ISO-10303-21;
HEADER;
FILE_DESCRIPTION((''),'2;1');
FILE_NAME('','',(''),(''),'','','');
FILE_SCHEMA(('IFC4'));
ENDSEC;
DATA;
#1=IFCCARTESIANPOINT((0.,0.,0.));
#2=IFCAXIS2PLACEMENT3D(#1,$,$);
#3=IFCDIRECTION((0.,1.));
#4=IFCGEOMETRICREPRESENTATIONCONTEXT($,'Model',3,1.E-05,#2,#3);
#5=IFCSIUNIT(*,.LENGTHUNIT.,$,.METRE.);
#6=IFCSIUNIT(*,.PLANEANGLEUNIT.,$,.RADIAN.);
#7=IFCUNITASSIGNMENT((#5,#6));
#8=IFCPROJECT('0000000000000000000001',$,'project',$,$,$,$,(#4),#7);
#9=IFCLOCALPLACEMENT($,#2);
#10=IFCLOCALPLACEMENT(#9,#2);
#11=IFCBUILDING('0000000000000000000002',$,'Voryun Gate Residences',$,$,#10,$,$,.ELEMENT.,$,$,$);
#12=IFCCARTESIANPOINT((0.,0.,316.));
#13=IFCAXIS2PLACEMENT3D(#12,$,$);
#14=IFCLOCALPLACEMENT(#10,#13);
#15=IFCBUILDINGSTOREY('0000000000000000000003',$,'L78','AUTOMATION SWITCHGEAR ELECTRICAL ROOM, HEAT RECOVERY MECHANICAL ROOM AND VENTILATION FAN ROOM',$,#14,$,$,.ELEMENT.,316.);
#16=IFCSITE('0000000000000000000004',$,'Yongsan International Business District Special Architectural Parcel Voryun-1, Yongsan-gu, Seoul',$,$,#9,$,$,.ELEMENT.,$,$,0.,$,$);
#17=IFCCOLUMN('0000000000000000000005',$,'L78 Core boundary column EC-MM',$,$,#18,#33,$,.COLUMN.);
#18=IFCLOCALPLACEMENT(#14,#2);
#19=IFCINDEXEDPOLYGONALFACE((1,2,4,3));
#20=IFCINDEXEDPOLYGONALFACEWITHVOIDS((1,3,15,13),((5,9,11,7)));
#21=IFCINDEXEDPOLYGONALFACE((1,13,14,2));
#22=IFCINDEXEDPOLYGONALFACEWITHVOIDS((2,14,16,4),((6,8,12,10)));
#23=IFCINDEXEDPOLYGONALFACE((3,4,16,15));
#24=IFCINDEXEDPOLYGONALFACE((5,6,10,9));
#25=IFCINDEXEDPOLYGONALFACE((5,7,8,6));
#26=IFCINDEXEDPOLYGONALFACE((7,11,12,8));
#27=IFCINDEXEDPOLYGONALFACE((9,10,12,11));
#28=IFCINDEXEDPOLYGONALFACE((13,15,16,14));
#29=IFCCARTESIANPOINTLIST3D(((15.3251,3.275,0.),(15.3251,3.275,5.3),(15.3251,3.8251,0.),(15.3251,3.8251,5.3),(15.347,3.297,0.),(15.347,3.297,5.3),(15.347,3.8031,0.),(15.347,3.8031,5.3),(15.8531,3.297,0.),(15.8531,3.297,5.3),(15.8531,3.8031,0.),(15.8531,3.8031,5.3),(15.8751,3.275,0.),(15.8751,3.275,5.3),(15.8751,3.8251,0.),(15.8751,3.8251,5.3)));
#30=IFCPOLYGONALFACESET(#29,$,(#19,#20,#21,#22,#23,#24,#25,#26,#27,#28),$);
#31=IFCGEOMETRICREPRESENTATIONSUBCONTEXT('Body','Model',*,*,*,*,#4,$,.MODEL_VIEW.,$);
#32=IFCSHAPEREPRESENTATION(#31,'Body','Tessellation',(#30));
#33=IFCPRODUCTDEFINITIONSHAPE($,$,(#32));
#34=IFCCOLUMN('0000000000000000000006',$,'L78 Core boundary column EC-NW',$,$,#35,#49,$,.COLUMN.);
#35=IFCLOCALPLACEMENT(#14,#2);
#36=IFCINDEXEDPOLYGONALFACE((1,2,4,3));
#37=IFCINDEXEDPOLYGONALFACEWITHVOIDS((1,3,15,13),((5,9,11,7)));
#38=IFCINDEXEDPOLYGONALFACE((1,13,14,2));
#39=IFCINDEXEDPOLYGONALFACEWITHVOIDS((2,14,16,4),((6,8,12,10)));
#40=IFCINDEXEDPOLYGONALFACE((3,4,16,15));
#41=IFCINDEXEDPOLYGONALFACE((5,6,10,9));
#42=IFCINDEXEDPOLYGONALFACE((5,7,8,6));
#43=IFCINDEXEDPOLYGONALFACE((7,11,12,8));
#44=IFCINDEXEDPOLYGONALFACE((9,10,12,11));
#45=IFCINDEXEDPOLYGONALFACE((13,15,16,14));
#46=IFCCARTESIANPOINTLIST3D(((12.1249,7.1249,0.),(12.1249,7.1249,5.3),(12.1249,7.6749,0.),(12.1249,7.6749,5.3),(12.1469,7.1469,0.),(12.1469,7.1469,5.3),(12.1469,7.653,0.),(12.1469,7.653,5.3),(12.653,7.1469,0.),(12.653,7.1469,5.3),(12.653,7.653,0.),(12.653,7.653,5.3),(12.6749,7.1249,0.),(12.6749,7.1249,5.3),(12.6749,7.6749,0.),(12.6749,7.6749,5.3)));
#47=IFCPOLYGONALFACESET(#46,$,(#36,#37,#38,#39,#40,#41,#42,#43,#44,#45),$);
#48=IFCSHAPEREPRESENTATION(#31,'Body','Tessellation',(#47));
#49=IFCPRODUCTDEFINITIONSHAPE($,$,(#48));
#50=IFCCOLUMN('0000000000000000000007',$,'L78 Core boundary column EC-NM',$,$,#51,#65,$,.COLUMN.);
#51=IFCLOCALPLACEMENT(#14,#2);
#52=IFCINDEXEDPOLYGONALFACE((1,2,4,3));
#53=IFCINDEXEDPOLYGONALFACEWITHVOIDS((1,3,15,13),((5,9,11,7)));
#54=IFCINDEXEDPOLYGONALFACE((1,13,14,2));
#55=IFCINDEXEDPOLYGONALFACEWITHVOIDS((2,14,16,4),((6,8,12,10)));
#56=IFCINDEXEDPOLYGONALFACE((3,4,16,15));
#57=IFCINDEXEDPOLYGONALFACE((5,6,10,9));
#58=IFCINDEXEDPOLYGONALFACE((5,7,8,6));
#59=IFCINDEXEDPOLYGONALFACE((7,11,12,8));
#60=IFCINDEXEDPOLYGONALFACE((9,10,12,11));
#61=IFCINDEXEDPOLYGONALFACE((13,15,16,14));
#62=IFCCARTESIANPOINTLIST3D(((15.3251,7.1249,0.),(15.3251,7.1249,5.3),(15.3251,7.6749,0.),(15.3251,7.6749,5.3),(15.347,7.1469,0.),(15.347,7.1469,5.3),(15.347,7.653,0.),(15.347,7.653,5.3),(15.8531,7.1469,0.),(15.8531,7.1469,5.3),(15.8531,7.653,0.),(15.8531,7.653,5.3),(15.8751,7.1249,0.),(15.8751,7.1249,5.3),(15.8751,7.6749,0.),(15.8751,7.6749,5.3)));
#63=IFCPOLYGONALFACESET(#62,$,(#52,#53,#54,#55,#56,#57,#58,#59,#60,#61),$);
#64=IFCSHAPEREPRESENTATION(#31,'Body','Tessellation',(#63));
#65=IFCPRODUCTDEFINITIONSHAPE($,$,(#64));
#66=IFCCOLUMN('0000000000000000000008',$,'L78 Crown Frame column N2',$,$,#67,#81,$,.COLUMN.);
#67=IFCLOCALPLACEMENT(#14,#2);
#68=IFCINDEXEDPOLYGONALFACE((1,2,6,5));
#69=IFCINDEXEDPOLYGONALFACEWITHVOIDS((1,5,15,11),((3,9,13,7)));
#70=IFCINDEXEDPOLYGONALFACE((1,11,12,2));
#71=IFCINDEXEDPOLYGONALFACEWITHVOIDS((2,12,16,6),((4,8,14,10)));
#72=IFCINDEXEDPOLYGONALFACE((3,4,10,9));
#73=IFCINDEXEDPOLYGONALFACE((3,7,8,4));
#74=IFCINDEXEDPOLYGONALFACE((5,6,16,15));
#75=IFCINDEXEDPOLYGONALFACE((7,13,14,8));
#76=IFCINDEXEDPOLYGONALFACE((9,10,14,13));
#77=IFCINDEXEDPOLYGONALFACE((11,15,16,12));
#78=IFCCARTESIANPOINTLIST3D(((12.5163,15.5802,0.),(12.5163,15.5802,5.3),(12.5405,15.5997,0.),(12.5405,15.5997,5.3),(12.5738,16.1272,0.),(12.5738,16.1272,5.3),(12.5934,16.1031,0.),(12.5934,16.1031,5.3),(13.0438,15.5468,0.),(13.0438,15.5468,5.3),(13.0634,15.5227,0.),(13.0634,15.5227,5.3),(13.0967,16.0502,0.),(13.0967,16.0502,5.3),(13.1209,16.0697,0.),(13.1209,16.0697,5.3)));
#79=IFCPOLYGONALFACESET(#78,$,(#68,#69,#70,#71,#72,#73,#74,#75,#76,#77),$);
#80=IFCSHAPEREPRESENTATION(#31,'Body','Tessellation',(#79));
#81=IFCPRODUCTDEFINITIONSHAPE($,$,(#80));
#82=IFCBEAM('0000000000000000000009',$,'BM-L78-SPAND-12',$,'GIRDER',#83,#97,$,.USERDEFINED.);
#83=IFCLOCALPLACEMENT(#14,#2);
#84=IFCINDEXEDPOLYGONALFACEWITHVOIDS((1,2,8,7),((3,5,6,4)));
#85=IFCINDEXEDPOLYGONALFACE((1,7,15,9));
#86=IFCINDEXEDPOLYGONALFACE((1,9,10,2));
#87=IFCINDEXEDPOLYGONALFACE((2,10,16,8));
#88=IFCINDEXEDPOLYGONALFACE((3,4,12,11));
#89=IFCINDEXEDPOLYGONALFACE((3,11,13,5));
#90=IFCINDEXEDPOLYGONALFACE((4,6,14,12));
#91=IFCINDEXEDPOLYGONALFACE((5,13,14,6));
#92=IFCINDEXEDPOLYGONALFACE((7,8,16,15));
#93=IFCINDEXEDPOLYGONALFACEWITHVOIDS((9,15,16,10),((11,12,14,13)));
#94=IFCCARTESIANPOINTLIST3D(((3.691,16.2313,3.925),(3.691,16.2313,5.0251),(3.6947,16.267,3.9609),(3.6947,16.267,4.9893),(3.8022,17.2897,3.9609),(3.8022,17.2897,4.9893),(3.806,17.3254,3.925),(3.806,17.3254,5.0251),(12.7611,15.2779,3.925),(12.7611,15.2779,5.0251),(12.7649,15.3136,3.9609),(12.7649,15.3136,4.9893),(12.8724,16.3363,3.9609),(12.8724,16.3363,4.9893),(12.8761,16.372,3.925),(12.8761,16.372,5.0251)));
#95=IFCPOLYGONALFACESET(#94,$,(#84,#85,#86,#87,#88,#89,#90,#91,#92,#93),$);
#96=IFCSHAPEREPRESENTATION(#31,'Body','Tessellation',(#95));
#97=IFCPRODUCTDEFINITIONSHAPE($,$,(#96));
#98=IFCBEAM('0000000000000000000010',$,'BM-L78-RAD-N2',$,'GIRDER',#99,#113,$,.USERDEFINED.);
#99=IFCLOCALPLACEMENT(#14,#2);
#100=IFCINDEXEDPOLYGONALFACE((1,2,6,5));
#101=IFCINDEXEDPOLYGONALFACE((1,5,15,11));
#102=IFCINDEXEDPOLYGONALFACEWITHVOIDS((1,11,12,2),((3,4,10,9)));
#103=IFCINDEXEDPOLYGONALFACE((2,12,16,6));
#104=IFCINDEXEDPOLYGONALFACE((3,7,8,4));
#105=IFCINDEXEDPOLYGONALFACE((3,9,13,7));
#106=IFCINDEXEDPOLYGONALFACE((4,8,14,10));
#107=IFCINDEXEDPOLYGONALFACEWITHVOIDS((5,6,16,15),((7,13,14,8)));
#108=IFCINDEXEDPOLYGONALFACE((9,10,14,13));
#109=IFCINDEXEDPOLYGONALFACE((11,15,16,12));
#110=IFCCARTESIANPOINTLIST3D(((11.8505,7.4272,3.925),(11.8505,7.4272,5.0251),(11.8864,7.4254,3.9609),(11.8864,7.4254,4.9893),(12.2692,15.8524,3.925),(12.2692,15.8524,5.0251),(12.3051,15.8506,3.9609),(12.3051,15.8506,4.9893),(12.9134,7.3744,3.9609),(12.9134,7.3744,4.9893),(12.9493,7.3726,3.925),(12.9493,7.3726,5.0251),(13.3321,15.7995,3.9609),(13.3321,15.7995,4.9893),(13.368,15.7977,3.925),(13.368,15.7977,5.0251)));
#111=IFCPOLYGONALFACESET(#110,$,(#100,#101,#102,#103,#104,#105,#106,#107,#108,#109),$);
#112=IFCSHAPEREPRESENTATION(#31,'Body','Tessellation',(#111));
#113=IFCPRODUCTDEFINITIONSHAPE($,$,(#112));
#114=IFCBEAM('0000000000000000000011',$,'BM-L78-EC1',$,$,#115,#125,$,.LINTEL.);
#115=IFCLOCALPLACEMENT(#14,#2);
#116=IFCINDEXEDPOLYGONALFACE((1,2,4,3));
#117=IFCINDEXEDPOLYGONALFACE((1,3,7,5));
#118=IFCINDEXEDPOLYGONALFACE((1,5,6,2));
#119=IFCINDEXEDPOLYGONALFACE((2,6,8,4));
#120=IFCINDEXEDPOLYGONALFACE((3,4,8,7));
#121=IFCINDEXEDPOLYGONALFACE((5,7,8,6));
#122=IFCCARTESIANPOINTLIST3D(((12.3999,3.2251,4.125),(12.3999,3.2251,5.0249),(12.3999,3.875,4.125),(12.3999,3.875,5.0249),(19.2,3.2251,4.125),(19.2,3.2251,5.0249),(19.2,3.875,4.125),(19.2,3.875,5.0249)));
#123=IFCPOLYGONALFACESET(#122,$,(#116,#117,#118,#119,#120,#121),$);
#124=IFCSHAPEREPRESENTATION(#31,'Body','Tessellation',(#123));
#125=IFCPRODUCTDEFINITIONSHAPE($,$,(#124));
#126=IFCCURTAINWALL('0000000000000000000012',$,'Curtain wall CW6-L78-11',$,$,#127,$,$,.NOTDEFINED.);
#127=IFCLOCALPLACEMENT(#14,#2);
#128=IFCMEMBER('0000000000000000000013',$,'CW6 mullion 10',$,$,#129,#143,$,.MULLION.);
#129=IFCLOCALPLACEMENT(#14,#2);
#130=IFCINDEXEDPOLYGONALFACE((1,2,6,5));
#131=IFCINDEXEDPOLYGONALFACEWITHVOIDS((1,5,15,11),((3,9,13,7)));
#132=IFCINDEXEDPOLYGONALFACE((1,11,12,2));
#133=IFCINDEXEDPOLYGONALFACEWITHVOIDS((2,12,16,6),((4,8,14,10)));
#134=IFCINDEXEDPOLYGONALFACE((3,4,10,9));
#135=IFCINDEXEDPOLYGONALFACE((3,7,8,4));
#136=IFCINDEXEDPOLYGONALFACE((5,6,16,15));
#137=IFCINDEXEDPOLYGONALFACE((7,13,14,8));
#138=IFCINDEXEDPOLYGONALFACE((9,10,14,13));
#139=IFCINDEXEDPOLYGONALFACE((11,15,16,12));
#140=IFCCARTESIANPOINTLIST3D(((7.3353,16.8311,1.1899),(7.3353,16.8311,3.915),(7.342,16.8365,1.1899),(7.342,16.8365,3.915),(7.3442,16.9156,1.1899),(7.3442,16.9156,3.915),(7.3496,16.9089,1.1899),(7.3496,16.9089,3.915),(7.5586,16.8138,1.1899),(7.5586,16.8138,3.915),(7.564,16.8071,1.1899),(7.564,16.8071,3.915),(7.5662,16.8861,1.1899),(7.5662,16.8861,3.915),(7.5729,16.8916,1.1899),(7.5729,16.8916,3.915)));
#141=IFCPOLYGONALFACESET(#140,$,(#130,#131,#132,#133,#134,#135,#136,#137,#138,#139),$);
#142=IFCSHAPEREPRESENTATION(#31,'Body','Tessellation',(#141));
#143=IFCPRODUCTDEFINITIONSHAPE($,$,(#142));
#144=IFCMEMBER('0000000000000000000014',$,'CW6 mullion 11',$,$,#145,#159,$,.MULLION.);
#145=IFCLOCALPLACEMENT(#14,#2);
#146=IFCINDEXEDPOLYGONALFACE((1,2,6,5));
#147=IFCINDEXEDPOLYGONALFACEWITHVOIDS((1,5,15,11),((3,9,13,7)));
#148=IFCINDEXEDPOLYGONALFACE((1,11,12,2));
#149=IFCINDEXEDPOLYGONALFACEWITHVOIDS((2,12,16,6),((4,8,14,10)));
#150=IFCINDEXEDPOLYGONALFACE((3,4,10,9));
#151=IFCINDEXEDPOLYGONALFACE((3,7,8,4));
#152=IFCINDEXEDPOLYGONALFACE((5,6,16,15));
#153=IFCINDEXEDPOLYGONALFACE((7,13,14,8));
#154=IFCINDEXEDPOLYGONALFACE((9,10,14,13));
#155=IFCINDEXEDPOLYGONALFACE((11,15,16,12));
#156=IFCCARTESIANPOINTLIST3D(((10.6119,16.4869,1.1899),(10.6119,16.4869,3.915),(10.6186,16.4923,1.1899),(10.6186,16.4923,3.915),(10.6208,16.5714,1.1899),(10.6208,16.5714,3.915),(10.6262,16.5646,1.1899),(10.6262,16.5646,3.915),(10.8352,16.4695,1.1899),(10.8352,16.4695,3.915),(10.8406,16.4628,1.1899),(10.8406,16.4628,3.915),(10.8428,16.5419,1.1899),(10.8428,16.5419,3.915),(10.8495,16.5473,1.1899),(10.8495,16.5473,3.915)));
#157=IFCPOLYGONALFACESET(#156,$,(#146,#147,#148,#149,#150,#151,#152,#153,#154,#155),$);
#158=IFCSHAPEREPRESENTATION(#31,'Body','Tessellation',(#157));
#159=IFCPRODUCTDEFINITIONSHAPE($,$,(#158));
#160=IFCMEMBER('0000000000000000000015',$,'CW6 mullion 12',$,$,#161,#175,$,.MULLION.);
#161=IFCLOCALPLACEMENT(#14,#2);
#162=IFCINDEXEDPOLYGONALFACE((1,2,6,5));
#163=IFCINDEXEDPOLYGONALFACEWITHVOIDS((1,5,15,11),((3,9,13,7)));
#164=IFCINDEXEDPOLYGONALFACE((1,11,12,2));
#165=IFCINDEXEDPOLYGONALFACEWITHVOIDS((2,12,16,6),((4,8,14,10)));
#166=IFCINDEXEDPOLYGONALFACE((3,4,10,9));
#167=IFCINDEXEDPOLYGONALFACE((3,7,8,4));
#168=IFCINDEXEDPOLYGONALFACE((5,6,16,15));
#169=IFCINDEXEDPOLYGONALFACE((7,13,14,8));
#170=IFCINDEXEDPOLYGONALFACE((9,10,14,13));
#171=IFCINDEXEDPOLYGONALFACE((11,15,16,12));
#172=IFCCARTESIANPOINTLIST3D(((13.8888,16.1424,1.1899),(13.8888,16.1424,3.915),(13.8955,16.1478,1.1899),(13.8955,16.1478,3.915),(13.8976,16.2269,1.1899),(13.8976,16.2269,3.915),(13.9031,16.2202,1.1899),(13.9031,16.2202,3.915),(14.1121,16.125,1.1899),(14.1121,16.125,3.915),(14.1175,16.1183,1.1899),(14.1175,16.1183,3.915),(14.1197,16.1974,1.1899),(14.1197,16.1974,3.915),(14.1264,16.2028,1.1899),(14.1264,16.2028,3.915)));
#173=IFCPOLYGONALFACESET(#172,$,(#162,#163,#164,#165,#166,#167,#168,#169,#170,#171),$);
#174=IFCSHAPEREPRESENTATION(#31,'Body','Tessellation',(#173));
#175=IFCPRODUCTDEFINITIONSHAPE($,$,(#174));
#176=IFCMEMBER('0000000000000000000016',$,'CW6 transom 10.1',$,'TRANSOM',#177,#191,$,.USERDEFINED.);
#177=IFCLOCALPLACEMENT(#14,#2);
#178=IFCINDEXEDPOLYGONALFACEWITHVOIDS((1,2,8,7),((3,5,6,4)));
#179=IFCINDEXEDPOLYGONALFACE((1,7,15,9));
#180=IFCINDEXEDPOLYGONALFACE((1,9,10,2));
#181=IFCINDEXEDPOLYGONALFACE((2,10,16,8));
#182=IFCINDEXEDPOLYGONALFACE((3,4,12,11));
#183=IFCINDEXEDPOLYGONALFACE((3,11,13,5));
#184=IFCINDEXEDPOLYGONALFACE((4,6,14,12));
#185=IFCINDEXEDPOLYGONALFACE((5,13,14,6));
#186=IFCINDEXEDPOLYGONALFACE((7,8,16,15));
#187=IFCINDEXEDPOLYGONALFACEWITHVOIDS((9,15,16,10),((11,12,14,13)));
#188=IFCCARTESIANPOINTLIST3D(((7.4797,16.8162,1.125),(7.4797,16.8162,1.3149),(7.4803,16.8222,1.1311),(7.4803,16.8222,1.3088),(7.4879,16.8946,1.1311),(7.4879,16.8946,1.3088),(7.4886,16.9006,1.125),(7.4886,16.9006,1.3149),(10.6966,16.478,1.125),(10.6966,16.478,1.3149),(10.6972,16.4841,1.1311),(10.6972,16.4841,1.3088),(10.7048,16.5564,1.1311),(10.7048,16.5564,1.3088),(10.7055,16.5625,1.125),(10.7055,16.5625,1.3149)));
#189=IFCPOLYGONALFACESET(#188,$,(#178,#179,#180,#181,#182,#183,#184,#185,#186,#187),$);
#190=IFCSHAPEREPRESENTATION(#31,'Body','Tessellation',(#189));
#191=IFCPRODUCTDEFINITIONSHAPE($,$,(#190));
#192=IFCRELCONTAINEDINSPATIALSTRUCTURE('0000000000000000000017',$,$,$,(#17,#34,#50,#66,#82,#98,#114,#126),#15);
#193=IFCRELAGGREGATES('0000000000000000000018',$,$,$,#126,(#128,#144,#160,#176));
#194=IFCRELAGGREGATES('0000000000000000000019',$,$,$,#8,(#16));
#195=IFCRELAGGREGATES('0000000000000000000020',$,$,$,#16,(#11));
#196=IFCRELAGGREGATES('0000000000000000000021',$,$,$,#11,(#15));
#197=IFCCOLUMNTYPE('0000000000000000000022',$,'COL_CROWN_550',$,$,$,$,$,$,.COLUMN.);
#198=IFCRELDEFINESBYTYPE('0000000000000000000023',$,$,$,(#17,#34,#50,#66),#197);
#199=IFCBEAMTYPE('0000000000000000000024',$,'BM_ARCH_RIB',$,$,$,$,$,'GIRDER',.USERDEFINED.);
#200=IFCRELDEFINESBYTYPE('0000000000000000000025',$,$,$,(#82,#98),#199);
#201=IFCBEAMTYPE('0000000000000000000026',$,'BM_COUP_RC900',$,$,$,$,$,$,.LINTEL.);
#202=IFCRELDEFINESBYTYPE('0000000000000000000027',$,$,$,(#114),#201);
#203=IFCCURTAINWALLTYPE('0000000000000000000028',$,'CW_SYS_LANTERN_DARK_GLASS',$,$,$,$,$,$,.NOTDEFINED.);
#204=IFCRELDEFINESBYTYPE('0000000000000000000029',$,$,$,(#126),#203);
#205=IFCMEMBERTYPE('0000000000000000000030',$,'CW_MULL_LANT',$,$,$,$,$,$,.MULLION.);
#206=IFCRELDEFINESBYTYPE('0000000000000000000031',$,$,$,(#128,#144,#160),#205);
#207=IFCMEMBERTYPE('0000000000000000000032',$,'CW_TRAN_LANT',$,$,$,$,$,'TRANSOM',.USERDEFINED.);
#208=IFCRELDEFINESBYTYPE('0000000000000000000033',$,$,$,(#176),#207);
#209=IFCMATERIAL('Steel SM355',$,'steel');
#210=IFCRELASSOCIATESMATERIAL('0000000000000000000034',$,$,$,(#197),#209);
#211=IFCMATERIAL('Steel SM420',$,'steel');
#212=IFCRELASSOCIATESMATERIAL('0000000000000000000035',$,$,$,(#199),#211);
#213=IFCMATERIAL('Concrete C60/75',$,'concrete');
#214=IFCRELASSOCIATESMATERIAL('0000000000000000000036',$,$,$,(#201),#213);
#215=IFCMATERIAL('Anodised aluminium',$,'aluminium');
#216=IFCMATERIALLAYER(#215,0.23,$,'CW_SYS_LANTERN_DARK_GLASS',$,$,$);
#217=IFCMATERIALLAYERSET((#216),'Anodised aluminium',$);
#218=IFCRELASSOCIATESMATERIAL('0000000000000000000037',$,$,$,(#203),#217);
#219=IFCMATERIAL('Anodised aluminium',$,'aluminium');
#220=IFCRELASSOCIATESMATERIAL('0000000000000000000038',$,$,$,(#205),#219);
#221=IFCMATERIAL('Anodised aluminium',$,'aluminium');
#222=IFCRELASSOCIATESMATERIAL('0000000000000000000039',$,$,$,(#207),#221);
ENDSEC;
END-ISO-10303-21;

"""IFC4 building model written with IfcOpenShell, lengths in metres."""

from ifc_helpers import new_model, si_unit, direction, frame, origin, origin_2d, place, context, subcontext, project, spatial, rectangle, hollow_rectangle, extrude, material, layer, layer_set, material_profile, profile_set, type_object, element, aggregate, save


model = new_model("IFC4")

# Units and contexts
model_context = context("Model", 3, precision=1e-05, world=origin(), true_north=direction((0.0, 1.0)))
body_context = subcontext(model_context, "Body", "Model", "MODEL_VIEW")
ifc_project = project(units=[si_unit("LENGTHUNIT", "METRE"), si_unit("PLANEANGLEUNIT", "RADIAN")], contexts=[model_context])

# Site, building, storey
site_placement = place(None, origin())
site = spatial("IfcSite", under=ifc_project, at=site_placement, Name="Yongsan International Business District Special Architectural Parcel Voryun-1, Yongsan-gu, Seoul", CompositionType="ELEMENT", RefElevation=0.0)
building_placement = place(site_placement, origin())
building = spatial("IfcBuilding", under=site, at=building_placement, Name="Voryun Gate Residences", CompositionType="ELEMENT")
storey_placement = place(building_placement, frame((0.0, 0.0, 316.0)))
storey = spatial("IfcBuildingStorey", under=building, at=storey_placement, Name="L78", Description="AUTOMATION SWITCHGEAR ELECTRICAL ROOM, HEAT RECOVERY MECHANICAL ROOM AND VENTILATION FAN ROOM", CompositionType="ELEMENT", Elevation=316.0)

# Columns
ifc_material_1 = material(Name="Steel SM355", Category="steel")
ifc_material_profile_1 = material_profile(ifc_material_1, hollow_rectangle(XDim=0.55, YDim=0.55, WallThickness=0.022, at=origin_2d()), Name="BOX-550x550x22")
ifc_profile_set_1 = profile_set([ifc_material_profile_1], Name="Steel SM355")
column_type = type_object("IfcColumnType", Name="COL_CROWN_550", PredefinedType="COLUMN", material=ifc_profile_set_1)
for number, where, z_axis, x_axis, name in (
    (1, (15.6001, 3.55, 0.0), (0.0, 0.0, 1.0), (1.0, 0.0, 0.0), "L78 Core boundary column EC-MM"),
    (2, (12.3999, 7.3999, 0.0), (0.0, 0.0, 1.0), (1.0, 0.0, 0.0), "L78 Core boundary column EC-NW"),
    (3, (15.6001, 7.3999, 0.0), (0.0, 0.0, 1.0), (1.0, 0.0, 0.0), "L78 Core boundary column EC-NM"),
    (4, (12.8186, 15.825, 0.0), (0.0, 0.0, 1.0), (0.994522, -0.104528, 0.0), "L78 Crown Frame column N2"),
):
    element("IfcColumn", number, at=place(storey_placement, frame(where, z_axis=z_axis, x_axis=x_axis)), inside=storey, type_object=column_type, Name=name, PredefinedType="COLUMN", context=body_context, shape_type="SweptSolid", body=[
        extrude(hollow_rectangle(XDim=0.55, YDim=0.55, WallThickness=0.022, at=origin_2d()), origin(), (0.0, 0.0, 1.0), 5.3),
    ])

# Beams
ifc_material_2 = material(Name="Steel SM420", Category="steel")
ifc_material_profile_2 = material_profile(ifc_material_2, hollow_rectangle(XDim=1.1001, YDim=1.1001, WallThickness=0.0359, at=origin_2d()), Name="BOX-1100x1100x36")
ifc_profile_set_2 = profile_set([ifc_material_profile_2], Name="Steel SM420")
beam_type_1 = type_object("IfcBeamType", Name="BM_ARCH_RIB", ElementType="GIRDER", PredefinedType="USERDEFINED", material=ifc_profile_set_2)
beam_1_placement = place(storey_placement, frame((12.8186, 15.825, 4.4751), z_axis=(-0.994521, 0.104536, 0.0), x_axis=(-0.104536, -0.994521, 0.0)))
element("IfcBeam", 5, at=beam_1_placement, inside=storey, type_object=beam_type_1, Name="BM-L78-SPAND-12", ObjectType="GIRDER", PredefinedType="USERDEFINED", context=body_context, shape_type="SweptSolid", body=[
    extrude(hollow_rectangle(XDim=1.1001, YDim=1.1001, WallThickness=0.0359, at=origin_2d()), origin(), (0.0, 0.0, 1.0), 9.1201),
])
beam_2_placement = place(storey_placement, frame((12.3999, 7.3999, 4.4751), z_axis=(0.049636, 0.998767, 0.0), x_axis=(-0.998767, 0.049636, 0.0)))
element("IfcBeam", 6, at=beam_2_placement, inside=storey, type_object=beam_type_1, Name="BM-L78-RAD-N2", ObjectType="GIRDER", PredefinedType="USERDEFINED", context=body_context, shape_type="SweptSolid", body=[
    extrude(hollow_rectangle(XDim=1.1001, YDim=1.1001, WallThickness=0.0359, at=origin_2d()), origin(), (0.0, 0.0, 1.0), 8.4355),
])
ifc_material_3 = material(Name="Concrete C60/75", Category="concrete")
ifc_material_profile_3 = material_profile(ifc_material_3, rectangle(XDim=0.6499, YDim=0.8999, at=origin_2d()), Name="RC-650x900")
ifc_profile_set_3 = profile_set([ifc_material_profile_3], Name="Concrete C60/75")
beam_type_2 = type_object("IfcBeamType", Name="BM_COUP_RC900", PredefinedType="LINTEL", material=ifc_profile_set_3)
beam_3_placement = place(storey_placement, frame((12.3999, 3.55, 4.575), z_axis=(1.0, 0.0, 0.0), x_axis=(0.0, 1.0, 0.0)))
element("IfcBeam", 7, at=beam_3_placement, inside=storey, type_object=beam_type_2, Name="BM-L78-EC1", PredefinedType="LINTEL", context=body_context, shape_type="SweptSolid", body=[
    extrude(rectangle(XDim=0.6499, YDim=0.8999, at=origin_2d()), origin(), (0.0, 0.0, 1.0), 6.8),
])

# Curtain wall, members
ifc_material_4 = material(Name="Anodised aluminium", Category="aluminium")
ifc_layer_1 = layer(ifc_material_4, 0.23, Name="CW_SYS_LANTERN_DARK_GLASS")
ifc_layer_set_1 = layer_set([ifc_layer_1], Name="Anodised aluminium")
curtain_wall_type = type_object("IfcCurtainWallType", Name="CW_SYS_LANTERN_DARK_GLASS", PredefinedType="NOTDEFINED", material=ifc_layer_set_1)
curtain_wall_placement = place(storey_placement, origin())
curtain_wall = element("IfcCurtainWall", 8, at=curtain_wall_placement, inside=storey, type_object=curtain_wall_type, Name="Curtain wall CW6-L78-11", PredefinedType="NOTDEFINED")
ifc_material_5 = material(Name="Anodised aluminium", Category="aluminium")
ifc_material_profile_4 = material_profile(ifc_material_5, hollow_rectangle(XDim=0.085, YDim=0.23, WallThickness=0.0061, at=origin_2d()), Name="ALU-MULL-230x85x6")
ifc_profile_set_4 = profile_set([ifc_material_profile_4], Name="Anodised aluminium")
member_type_1 = type_object("IfcMemberType", Name="CW_MULL_LANT", PredefinedType="MULLION", material=ifc_profile_set_4)
member_1_placement = place(storey_placement, frame((7.4541, 16.8613, 1.1899), z_axis=(0.0, 0.0, 1.0), x_axis=(0.104528, 0.994522, 0.0)))
member_1 = element("IfcMember", 9, at=member_1_placement, type_object=member_type_1, Name="CW6 mullion 10", PredefinedType="MULLION", context=body_context, shape_type="SweptSolid", body=[
    extrude(hollow_rectangle(XDim=0.085, YDim=0.23, WallThickness=0.0061, at=origin_2d()), origin(), (0.0, 0.0, 1.0), 2.7251),
])
member_2_placement = place(storey_placement, frame((10.7307, 16.5171, 1.1899), z_axis=(0.0, 0.0, 1.0), x_axis=(0.104528, 0.994522, 0.0)))
member_2 = element("IfcMember", 10, at=member_2_placement, type_object=member_type_1, Name="CW6 mullion 11", PredefinedType="MULLION", context=body_context, shape_type="SweptSolid", body=[
    extrude(hollow_rectangle(XDim=0.085, YDim=0.23, WallThickness=0.0061, at=origin_2d()), origin(), (0.0, 0.0, 1.0), 2.7251),
])
member_3_placement = place(storey_placement, frame((14.0076, 16.1726, 1.1899), z_axis=(0.0, 0.0, 1.0), x_axis=(0.104528, 0.994522, 0.0)))
member_3 = element("IfcMember", 11, at=member_3_placement, type_object=member_type_1, Name="CW6 mullion 12", PredefinedType="MULLION", context=body_context, shape_type="SweptSolid", body=[
    extrude(hollow_rectangle(XDim=0.085, YDim=0.23, WallThickness=0.0061, at=origin_2d()), origin(), (0.0, 0.0, 1.0), 2.7251),
])
ifc_material_6 = material(Name="Anodised aluminium", Category="aluminium")
ifc_material_profile_5 = material_profile(ifc_material_6, hollow_rectangle(XDim=0.085, YDim=0.1899, WallThickness=0.0061, at=origin_2d()), Name="ALU-TRAN-190x85x6")
ifc_profile_set_5 = profile_set([ifc_material_profile_5], Name="Anodised aluminium")
member_type_2 = type_object("IfcMemberType", Name="CW_TRAN_LANT", ElementType="TRANSOM", PredefinedType="USERDEFINED", material=ifc_profile_set_5)
member_4_placement = place(storey_placement, frame((7.4841, 16.8584, 1.22), z_axis=(0.994521, -0.104539, 0.0), x_axis=(0.104539, 0.994521, 0.0)))
member_4 = element("IfcMember", 12, at=member_4_placement, type_object=member_type_2, Name="CW6 transom 10.1", ObjectType="TRANSOM", PredefinedType="USERDEFINED", context=body_context, shape_type="SweptSolid", body=[
    extrude(hollow_rectangle(XDim=0.085, YDim=0.1899, WallThickness=0.0061, at=origin_2d()), origin(), (0.0, 0.0, 1.0), 3.2346),
])

aggregate(curtain_wall, [member_1, member_2, member_3, member_4])

save(model, "model.ifc")
